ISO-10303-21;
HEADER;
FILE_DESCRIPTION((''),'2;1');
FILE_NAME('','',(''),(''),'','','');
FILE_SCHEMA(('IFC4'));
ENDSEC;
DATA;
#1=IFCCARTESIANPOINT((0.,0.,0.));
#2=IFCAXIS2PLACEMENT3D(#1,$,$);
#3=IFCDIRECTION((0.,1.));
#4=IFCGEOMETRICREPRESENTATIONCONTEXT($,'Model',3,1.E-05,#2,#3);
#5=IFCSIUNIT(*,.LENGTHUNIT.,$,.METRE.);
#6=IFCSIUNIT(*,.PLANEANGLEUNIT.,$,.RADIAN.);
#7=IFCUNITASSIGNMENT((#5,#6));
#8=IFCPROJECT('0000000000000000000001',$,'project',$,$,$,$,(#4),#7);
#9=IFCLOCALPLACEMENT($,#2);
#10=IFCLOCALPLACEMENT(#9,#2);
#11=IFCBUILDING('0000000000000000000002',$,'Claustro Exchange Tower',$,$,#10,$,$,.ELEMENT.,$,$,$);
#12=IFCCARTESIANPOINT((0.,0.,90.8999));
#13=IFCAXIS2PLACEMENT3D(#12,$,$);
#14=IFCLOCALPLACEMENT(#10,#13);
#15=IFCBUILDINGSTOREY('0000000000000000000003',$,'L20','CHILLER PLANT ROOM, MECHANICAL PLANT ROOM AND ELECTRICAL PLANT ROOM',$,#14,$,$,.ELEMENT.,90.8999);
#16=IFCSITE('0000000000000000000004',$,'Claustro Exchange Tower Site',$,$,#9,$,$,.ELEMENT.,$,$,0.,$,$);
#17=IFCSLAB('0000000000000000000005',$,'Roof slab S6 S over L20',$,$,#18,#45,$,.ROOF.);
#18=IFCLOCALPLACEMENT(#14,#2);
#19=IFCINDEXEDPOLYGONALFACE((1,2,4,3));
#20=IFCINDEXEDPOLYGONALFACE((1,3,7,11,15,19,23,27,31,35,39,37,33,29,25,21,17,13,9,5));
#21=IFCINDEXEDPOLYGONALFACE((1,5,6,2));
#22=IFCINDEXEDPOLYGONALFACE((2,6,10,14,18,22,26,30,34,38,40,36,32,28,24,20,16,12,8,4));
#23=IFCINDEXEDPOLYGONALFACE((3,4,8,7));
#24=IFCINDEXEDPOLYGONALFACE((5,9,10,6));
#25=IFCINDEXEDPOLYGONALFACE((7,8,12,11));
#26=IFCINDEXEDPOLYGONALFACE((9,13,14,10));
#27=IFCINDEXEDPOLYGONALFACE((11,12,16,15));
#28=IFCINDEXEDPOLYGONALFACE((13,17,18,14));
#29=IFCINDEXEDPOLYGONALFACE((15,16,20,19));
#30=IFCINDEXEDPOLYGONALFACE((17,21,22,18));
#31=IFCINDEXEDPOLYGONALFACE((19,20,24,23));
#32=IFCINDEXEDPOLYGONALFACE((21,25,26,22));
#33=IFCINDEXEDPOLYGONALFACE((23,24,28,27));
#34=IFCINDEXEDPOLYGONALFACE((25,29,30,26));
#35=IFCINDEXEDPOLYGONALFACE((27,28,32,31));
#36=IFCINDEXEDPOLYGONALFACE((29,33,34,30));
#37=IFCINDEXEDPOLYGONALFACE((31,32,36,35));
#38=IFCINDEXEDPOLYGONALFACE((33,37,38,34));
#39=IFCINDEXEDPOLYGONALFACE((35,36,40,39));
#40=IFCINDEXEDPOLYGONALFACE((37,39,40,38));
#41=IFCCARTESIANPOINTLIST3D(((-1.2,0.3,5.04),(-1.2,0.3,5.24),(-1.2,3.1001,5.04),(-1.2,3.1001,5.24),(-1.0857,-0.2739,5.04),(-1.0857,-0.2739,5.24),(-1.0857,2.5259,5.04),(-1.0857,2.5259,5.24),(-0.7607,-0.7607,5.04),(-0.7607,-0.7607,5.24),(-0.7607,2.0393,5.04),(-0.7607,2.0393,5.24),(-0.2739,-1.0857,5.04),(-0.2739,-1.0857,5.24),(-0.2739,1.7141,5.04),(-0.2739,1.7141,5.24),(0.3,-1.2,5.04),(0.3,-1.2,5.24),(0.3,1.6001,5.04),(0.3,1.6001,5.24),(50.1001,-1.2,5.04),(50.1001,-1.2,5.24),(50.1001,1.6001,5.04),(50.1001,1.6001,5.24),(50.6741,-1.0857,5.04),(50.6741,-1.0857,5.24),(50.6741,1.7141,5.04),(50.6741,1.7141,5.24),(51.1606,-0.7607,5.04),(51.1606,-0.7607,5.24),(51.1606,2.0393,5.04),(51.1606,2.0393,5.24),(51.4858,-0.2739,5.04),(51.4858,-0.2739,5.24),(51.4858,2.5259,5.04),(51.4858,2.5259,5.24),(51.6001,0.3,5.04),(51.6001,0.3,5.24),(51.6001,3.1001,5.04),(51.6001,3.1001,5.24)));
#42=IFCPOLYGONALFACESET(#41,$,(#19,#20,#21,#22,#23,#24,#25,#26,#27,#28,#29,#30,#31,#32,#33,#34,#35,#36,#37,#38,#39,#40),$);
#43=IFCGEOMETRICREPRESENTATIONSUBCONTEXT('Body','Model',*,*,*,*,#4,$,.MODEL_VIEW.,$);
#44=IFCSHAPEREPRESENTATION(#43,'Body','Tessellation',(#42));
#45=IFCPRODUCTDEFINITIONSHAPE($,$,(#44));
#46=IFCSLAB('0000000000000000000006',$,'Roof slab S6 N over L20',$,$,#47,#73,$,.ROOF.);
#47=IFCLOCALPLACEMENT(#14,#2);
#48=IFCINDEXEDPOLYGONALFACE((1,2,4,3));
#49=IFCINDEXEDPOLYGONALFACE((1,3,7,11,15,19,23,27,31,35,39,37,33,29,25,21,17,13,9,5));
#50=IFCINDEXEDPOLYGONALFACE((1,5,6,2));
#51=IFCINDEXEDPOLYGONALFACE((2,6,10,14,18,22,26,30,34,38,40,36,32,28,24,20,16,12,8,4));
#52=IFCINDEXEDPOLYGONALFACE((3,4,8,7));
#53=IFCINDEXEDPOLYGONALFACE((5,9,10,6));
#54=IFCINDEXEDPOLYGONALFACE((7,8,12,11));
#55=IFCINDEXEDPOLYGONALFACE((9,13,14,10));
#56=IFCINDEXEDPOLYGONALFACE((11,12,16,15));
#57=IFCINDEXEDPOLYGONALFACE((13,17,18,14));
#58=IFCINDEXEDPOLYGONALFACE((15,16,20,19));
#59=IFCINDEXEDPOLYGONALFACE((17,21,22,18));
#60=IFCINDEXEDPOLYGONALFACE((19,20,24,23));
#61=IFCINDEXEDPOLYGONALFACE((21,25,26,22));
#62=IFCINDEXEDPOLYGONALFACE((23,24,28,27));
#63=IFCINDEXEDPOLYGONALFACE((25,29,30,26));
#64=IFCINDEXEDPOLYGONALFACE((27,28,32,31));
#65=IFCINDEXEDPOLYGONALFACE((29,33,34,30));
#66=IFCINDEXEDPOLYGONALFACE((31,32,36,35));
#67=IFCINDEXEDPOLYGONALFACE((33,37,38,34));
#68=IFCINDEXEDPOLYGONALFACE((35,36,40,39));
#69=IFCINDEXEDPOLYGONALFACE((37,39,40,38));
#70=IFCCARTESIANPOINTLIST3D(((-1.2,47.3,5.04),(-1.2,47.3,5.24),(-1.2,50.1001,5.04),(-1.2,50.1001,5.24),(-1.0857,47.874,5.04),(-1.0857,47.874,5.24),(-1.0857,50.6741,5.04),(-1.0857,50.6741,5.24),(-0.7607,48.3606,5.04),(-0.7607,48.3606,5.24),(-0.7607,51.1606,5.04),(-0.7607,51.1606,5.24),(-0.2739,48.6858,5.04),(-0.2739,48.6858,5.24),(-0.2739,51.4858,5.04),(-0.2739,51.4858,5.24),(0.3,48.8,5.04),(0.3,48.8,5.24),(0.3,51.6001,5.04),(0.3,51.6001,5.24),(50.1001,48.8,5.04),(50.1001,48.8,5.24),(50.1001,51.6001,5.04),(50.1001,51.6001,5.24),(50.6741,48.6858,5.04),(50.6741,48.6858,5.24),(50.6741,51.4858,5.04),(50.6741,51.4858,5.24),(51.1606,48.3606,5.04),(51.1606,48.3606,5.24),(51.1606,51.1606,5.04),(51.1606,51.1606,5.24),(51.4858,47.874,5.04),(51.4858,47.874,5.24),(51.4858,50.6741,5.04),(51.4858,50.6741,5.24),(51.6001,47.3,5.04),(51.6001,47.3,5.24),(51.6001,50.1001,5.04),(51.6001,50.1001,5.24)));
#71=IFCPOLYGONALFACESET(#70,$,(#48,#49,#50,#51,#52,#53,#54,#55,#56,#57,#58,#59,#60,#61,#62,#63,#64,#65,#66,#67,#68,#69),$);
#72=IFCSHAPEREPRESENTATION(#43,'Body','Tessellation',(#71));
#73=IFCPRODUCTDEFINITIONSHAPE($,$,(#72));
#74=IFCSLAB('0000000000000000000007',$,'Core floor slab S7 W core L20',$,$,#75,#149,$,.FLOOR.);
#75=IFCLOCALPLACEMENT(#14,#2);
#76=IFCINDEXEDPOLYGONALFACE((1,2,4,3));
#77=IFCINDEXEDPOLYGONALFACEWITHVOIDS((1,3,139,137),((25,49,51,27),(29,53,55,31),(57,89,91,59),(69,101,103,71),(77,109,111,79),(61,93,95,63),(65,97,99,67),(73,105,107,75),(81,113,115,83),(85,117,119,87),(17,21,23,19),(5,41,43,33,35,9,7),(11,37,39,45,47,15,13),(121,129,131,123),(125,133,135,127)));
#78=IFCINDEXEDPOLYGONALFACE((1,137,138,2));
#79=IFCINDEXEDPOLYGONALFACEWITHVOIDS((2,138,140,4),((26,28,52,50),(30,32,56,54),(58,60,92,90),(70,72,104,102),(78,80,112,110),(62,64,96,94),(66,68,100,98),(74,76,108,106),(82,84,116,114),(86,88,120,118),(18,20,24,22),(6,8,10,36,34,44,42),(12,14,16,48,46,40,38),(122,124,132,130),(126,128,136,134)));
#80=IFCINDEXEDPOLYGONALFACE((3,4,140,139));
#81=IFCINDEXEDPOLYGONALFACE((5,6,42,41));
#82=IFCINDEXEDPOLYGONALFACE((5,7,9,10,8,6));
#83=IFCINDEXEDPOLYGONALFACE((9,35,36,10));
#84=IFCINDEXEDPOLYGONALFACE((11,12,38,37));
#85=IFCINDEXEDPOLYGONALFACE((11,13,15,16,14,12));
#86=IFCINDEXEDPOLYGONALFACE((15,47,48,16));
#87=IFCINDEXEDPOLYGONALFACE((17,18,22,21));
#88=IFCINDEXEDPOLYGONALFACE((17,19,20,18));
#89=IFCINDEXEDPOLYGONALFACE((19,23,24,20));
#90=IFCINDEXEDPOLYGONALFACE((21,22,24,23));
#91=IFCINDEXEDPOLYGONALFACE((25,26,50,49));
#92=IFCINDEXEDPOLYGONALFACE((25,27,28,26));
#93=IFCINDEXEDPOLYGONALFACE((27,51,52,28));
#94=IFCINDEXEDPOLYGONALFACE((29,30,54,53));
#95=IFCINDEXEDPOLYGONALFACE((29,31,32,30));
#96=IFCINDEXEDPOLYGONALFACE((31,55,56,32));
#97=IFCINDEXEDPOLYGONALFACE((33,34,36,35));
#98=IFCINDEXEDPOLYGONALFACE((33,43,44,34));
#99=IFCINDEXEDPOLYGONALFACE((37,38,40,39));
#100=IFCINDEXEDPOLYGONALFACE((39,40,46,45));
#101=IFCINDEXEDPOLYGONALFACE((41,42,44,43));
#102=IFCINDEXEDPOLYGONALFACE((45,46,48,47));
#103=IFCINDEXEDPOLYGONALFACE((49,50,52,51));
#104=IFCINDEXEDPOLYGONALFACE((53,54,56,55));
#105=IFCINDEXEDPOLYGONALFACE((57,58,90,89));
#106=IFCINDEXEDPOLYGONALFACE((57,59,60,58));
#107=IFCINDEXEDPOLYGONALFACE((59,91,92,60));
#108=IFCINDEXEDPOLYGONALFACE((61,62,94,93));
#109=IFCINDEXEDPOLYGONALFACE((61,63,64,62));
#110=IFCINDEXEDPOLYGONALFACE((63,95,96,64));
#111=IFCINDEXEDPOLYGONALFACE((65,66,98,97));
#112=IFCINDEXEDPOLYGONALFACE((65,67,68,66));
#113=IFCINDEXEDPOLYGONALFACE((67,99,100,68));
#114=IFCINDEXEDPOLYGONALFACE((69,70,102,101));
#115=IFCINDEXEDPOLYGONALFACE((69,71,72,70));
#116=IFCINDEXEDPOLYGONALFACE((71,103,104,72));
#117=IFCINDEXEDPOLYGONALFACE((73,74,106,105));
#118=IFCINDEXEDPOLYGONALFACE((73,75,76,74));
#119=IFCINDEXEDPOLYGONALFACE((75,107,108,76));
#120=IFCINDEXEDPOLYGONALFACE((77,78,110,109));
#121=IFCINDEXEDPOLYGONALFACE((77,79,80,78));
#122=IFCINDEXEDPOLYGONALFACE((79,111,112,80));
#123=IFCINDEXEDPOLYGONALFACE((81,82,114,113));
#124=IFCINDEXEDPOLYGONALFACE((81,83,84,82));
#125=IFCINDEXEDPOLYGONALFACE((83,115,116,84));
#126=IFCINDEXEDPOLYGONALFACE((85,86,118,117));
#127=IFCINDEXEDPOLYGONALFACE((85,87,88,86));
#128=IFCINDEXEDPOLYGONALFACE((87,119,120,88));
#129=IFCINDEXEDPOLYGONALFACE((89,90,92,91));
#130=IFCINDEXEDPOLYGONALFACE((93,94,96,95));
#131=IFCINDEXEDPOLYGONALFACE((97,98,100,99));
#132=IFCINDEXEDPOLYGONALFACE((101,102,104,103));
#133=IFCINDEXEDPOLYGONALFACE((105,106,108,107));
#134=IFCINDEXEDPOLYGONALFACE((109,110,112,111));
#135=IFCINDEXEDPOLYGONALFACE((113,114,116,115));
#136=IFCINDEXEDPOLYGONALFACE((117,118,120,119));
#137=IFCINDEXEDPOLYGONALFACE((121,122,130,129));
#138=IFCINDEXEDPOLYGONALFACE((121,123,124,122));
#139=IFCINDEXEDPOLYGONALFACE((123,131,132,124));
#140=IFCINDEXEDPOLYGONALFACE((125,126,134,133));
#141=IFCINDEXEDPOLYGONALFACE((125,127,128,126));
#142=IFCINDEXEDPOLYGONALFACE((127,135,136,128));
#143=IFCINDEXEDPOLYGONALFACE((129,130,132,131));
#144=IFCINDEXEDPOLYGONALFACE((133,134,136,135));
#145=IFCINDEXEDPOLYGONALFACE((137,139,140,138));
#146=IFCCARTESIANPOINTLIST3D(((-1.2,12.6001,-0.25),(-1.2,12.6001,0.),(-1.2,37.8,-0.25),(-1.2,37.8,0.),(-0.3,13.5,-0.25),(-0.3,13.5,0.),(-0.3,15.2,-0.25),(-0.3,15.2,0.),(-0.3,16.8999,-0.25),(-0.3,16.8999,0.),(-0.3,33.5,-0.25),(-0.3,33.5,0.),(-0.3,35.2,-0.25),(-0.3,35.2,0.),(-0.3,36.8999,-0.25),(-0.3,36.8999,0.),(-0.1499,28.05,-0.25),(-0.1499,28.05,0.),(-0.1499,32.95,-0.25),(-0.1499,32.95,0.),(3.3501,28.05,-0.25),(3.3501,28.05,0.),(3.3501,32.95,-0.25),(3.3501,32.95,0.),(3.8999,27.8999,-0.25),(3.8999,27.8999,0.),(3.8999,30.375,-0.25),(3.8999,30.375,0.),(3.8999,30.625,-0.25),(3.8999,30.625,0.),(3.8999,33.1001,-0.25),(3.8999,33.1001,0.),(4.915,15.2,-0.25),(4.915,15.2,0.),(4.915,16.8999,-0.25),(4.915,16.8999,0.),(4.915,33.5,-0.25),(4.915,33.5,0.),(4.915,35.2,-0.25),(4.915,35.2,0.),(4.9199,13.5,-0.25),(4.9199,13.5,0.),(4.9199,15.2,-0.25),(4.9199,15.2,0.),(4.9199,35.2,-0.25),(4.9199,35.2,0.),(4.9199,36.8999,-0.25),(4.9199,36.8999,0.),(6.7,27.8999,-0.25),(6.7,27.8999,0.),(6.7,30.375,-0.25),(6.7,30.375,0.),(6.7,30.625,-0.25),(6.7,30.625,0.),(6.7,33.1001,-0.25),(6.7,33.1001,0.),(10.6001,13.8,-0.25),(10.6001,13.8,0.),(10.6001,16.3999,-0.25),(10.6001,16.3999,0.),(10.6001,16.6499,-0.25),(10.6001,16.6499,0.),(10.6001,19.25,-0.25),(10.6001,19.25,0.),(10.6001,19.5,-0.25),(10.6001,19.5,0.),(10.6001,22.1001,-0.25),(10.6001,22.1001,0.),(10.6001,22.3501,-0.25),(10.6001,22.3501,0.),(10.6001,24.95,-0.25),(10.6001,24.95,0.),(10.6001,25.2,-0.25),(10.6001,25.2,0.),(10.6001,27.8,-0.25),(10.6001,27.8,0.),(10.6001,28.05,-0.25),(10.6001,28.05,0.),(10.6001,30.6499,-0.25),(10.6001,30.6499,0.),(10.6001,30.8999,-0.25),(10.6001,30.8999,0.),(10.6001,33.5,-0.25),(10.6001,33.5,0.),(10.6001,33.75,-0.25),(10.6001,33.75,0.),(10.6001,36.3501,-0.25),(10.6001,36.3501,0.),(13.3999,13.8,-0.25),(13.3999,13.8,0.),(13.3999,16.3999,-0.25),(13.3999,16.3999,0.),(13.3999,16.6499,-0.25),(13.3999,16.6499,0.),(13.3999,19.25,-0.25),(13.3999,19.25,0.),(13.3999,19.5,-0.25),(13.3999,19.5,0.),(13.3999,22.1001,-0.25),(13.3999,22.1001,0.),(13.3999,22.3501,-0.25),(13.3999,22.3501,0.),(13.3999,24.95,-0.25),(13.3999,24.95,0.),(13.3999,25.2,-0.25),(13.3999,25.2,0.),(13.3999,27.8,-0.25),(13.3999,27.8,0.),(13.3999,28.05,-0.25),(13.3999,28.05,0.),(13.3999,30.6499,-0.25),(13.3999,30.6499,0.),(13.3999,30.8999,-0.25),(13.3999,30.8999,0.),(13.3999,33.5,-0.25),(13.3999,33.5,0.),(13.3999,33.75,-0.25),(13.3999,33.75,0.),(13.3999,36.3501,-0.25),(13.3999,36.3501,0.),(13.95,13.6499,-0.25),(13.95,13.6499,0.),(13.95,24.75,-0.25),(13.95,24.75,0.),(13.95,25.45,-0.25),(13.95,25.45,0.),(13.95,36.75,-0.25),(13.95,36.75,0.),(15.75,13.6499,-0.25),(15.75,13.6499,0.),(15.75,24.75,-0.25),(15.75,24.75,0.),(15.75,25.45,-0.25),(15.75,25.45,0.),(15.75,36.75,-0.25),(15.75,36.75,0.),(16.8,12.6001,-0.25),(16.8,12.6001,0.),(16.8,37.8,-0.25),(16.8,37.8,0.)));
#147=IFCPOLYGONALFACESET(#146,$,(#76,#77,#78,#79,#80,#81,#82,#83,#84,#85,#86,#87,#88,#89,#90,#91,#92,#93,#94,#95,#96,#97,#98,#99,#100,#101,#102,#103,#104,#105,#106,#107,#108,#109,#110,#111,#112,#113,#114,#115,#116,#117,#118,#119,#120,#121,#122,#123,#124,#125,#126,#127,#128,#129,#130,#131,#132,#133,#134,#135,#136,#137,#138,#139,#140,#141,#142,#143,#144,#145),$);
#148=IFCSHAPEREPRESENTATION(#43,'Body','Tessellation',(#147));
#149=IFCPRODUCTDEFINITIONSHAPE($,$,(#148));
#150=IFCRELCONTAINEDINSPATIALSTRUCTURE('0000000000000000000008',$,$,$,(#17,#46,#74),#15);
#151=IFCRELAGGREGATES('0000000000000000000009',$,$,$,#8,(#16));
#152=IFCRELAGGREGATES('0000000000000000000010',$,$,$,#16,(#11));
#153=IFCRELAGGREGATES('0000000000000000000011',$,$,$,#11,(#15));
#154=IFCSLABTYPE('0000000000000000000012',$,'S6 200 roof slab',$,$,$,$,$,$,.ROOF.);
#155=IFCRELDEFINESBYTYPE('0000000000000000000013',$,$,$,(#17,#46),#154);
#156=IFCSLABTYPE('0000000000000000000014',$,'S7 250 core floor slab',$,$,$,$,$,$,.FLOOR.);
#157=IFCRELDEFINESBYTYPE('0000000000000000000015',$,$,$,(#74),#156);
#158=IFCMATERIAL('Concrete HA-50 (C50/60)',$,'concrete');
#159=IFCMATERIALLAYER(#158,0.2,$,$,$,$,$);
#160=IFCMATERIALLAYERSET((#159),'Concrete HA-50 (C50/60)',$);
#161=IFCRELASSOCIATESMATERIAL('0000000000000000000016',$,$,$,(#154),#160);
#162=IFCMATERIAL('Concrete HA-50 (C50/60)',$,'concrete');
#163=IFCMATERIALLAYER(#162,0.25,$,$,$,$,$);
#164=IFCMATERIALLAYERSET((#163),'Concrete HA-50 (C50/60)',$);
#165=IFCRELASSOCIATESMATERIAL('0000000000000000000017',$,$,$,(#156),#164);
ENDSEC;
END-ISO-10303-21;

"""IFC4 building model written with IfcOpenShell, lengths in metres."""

from ifc_helpers import new_model, si_unit, direction, frame, origin, place, context, subcontext, project, spatial, polyline, outline, extrude, material, layer, layer_set, type_object, element, save


model = new_model("IFC4")

# Units and contexts
model_context = context("Model", 3, precision=1e-05, world=origin(), true_north=direction((0.0, 1.0)))
body_context = subcontext(model_context, "Body", "Model", "MODEL_VIEW")
ifc_project = project(units=[si_unit("LENGTHUNIT", "METRE"), si_unit("PLANEANGLEUNIT", "RADIAN")], contexts=[model_context])

# Site, building, storey
site_placement = place(None, origin())
site = spatial("IfcSite", under=ifc_project, at=site_placement, Name="Claustro Exchange Tower Site", CompositionType="ELEMENT", RefElevation=0.0)
building_placement = place(site_placement, origin())
building = spatial("IfcBuilding", under=site, at=building_placement, Name="Claustro Exchange Tower", CompositionType="ELEMENT")
storey_placement = place(building_placement, frame((0.0, 0.0, 90.8999)))
storey = spatial("IfcBuildingStorey", under=building, at=storey_placement, Name="L20", Description="CHILLER PLANT ROOM, MECHANICAL PLANT ROOM AND ELECTRICAL PLANT ROOM", CompositionType="ELEMENT", Elevation=90.8999)

# Slabs
ifc_material_1 = material(Name="Concrete HA-50 (C50/60)", Category="concrete")
ifc_layer_1 = layer(ifc_material_1, 0.2)
ifc_layer_set_1 = layer_set([ifc_layer_1], Name="Concrete HA-50 (C50/60)")
slab_type_1 = type_object("IfcSlabType", Name="S6 200 roof slab", PredefinedType="ROOF", material=ifc_layer_set_1)
slab_1_placement = place(storey_placement, frame((0.0, 0.0, 5.04)))
element("IfcSlab", 1, at=slab_1_placement, inside=storey, type_object=slab_type_1, Name="Roof slab S6 S over L20", PredefinedType="ROOF", context=body_context, shape_type="SweptSolid", body=[
    extrude(outline(polyline([(-0.2739, -1.0857), (0.3, -1.2), (50.1001, -1.2), (50.6741, -1.0857), (51.1606, -0.7607), (51.4858, -0.2739), (51.6001, 0.3), (51.6001, 3.1001), (51.4858, 2.5259), (51.1606, 2.0393), (50.6741, 1.7141), (50.1001, 1.6001), (0.3, 1.6001), (-0.2739, 1.7141), (-0.7607, 2.0393), (-1.0857, 2.5259), (-1.2, 3.1001), (-1.2, 0.3), (-1.0857, -0.2739), (-0.7607, -0.7607), (-0.2739, -1.0857)])), origin(), (0.0, 0.0, 1.0), 0.2),
])
slab_2_placement = place(storey_placement, frame((0.0, 0.0, 5.04)))
element("IfcSlab", 2, at=slab_2_placement, inside=storey, type_object=slab_type_1, Name="Roof slab S6 N over L20", PredefinedType="ROOF", context=body_context, shape_type="SweptSolid", body=[
    extrude(outline(polyline([(-1.0857, 50.6741), (-1.2, 50.1001), (-1.2, 47.3), (-1.0857, 47.874), (-0.7607, 48.3606), (-0.2739, 48.6858), (0.3, 48.8), (50.1001, 48.8), (50.6741, 48.6858), (51.1606, 48.3606), (51.4858, 47.874), (51.6001, 47.3), (51.6001, 50.1001), (51.4858, 50.6741), (51.1606, 51.1606), (50.6741, 51.4858), (50.1001, 51.6001), (0.3, 51.6001), (-0.2739, 51.4858), (-0.7607, 51.1606), (-1.0857, 50.6741)])), origin(), (0.0, 0.0, 1.0), 0.2),
])
ifc_material_2 = material(Name="Concrete HA-50 (C50/60)", Category="concrete")
ifc_layer_2 = layer(ifc_material_2, 0.25)
ifc_layer_set_2 = layer_set([ifc_layer_2], Name="Concrete HA-50 (C50/60)")
slab_type_2 = type_object("IfcSlabType", Name="S7 250 core floor slab", PredefinedType="FLOOR", material=ifc_layer_set_2)
slab_3_placement = place(storey_placement, frame((0.0, 0.0, -0.25)))
element("IfcSlab", 3, at=slab_3_placement, inside=storey, type_object=slab_type_2, Name="Core floor slab S7 W core L20", PredefinedType="FLOOR", context=body_context, shape_type="SweptSolid", body=[
    extrude(outline(polyline([(-1.2, 12.6001), (16.8, 12.6001), (16.8, 37.8), (-1.2, 37.8), (-1.2, 12.6001)]), holes=[polyline([(15.75, 24.75), (15.75, 13.6499), (13.95, 13.6499), (13.95, 24.75), (15.75, 24.75)]), polyline([(15.75, 36.75), (15.75, 25.45), (13.95, 25.45), (13.95, 36.75), (15.75, 36.75)]), polyline([(10.6001, 16.3999), (13.3999, 16.3999), (13.3999, 13.8), (10.6001, 13.8), (10.6001, 16.3999)]), polyline([(13.3999, 19.25), (13.3999, 16.6499), (10.6001, 16.6499), (10.6001, 19.25), (13.3999, 19.25)]), polyline([(13.3999, 22.1001), (13.3999, 19.5), (10.6001, 19.5), (10.6001, 22.1001), (13.3999, 22.1001)]), polyline([(13.3999, 24.95), (13.3999, 22.3501), (10.6001, 22.3501), (10.6001, 24.95), (13.3999, 24.95)]), polyline([(13.3999, 27.8), (13.3999, 25.2), (10.6001, 25.2), (10.6001, 27.8), (13.3999, 27.8)]), polyline([(13.3999, 30.6499), (13.3999, 28.05), (10.6001, 28.05), (10.6001, 30.6499), (13.3999, 30.6499)]), polyline([(13.3999, 33.5), (13.3999, 30.8999), (10.6001, 30.8999), (10.6001, 33.5), (13.3999, 33.5)]), polyline([(13.3999, 36.3501), (13.3999, 33.75), (10.6001, 33.75), (10.6001, 36.3501), (13.3999, 36.3501)]), polyline([(6.7, 30.375), (6.7, 27.8999), (3.8999, 27.8999), (3.8999, 30.375), (6.7, 30.375)]), polyline([(6.7, 33.1001), (6.7, 30.625), (3.8999, 30.625), (3.8999, 33.1001), (6.7, 33.1001)]), polyline([(-0.3, 15.2), (-0.3, 16.8999), (4.915, 16.8999), (4.915, 15.2), (4.9199, 15.2), (4.9199, 13.5), (-0.3, 13.5), (-0.3, 15.2)]), polyline([(-0.3, 36.8999), (4.9199, 36.8999), (4.9199, 35.2), (4.915, 35.2), (4.915, 33.5), (-0.3, 33.5), (-0.3, 35.2), (-0.3, 36.8999)]), polyline([(3.3501, 32.95), (3.3501, 28.05), (-0.1499, 28.05), (-0.1499, 32.95), (3.3501, 32.95)])]), origin(), (0.0, 0.0, 1.0), 0.25),
])

save(model, "model.ifc")
